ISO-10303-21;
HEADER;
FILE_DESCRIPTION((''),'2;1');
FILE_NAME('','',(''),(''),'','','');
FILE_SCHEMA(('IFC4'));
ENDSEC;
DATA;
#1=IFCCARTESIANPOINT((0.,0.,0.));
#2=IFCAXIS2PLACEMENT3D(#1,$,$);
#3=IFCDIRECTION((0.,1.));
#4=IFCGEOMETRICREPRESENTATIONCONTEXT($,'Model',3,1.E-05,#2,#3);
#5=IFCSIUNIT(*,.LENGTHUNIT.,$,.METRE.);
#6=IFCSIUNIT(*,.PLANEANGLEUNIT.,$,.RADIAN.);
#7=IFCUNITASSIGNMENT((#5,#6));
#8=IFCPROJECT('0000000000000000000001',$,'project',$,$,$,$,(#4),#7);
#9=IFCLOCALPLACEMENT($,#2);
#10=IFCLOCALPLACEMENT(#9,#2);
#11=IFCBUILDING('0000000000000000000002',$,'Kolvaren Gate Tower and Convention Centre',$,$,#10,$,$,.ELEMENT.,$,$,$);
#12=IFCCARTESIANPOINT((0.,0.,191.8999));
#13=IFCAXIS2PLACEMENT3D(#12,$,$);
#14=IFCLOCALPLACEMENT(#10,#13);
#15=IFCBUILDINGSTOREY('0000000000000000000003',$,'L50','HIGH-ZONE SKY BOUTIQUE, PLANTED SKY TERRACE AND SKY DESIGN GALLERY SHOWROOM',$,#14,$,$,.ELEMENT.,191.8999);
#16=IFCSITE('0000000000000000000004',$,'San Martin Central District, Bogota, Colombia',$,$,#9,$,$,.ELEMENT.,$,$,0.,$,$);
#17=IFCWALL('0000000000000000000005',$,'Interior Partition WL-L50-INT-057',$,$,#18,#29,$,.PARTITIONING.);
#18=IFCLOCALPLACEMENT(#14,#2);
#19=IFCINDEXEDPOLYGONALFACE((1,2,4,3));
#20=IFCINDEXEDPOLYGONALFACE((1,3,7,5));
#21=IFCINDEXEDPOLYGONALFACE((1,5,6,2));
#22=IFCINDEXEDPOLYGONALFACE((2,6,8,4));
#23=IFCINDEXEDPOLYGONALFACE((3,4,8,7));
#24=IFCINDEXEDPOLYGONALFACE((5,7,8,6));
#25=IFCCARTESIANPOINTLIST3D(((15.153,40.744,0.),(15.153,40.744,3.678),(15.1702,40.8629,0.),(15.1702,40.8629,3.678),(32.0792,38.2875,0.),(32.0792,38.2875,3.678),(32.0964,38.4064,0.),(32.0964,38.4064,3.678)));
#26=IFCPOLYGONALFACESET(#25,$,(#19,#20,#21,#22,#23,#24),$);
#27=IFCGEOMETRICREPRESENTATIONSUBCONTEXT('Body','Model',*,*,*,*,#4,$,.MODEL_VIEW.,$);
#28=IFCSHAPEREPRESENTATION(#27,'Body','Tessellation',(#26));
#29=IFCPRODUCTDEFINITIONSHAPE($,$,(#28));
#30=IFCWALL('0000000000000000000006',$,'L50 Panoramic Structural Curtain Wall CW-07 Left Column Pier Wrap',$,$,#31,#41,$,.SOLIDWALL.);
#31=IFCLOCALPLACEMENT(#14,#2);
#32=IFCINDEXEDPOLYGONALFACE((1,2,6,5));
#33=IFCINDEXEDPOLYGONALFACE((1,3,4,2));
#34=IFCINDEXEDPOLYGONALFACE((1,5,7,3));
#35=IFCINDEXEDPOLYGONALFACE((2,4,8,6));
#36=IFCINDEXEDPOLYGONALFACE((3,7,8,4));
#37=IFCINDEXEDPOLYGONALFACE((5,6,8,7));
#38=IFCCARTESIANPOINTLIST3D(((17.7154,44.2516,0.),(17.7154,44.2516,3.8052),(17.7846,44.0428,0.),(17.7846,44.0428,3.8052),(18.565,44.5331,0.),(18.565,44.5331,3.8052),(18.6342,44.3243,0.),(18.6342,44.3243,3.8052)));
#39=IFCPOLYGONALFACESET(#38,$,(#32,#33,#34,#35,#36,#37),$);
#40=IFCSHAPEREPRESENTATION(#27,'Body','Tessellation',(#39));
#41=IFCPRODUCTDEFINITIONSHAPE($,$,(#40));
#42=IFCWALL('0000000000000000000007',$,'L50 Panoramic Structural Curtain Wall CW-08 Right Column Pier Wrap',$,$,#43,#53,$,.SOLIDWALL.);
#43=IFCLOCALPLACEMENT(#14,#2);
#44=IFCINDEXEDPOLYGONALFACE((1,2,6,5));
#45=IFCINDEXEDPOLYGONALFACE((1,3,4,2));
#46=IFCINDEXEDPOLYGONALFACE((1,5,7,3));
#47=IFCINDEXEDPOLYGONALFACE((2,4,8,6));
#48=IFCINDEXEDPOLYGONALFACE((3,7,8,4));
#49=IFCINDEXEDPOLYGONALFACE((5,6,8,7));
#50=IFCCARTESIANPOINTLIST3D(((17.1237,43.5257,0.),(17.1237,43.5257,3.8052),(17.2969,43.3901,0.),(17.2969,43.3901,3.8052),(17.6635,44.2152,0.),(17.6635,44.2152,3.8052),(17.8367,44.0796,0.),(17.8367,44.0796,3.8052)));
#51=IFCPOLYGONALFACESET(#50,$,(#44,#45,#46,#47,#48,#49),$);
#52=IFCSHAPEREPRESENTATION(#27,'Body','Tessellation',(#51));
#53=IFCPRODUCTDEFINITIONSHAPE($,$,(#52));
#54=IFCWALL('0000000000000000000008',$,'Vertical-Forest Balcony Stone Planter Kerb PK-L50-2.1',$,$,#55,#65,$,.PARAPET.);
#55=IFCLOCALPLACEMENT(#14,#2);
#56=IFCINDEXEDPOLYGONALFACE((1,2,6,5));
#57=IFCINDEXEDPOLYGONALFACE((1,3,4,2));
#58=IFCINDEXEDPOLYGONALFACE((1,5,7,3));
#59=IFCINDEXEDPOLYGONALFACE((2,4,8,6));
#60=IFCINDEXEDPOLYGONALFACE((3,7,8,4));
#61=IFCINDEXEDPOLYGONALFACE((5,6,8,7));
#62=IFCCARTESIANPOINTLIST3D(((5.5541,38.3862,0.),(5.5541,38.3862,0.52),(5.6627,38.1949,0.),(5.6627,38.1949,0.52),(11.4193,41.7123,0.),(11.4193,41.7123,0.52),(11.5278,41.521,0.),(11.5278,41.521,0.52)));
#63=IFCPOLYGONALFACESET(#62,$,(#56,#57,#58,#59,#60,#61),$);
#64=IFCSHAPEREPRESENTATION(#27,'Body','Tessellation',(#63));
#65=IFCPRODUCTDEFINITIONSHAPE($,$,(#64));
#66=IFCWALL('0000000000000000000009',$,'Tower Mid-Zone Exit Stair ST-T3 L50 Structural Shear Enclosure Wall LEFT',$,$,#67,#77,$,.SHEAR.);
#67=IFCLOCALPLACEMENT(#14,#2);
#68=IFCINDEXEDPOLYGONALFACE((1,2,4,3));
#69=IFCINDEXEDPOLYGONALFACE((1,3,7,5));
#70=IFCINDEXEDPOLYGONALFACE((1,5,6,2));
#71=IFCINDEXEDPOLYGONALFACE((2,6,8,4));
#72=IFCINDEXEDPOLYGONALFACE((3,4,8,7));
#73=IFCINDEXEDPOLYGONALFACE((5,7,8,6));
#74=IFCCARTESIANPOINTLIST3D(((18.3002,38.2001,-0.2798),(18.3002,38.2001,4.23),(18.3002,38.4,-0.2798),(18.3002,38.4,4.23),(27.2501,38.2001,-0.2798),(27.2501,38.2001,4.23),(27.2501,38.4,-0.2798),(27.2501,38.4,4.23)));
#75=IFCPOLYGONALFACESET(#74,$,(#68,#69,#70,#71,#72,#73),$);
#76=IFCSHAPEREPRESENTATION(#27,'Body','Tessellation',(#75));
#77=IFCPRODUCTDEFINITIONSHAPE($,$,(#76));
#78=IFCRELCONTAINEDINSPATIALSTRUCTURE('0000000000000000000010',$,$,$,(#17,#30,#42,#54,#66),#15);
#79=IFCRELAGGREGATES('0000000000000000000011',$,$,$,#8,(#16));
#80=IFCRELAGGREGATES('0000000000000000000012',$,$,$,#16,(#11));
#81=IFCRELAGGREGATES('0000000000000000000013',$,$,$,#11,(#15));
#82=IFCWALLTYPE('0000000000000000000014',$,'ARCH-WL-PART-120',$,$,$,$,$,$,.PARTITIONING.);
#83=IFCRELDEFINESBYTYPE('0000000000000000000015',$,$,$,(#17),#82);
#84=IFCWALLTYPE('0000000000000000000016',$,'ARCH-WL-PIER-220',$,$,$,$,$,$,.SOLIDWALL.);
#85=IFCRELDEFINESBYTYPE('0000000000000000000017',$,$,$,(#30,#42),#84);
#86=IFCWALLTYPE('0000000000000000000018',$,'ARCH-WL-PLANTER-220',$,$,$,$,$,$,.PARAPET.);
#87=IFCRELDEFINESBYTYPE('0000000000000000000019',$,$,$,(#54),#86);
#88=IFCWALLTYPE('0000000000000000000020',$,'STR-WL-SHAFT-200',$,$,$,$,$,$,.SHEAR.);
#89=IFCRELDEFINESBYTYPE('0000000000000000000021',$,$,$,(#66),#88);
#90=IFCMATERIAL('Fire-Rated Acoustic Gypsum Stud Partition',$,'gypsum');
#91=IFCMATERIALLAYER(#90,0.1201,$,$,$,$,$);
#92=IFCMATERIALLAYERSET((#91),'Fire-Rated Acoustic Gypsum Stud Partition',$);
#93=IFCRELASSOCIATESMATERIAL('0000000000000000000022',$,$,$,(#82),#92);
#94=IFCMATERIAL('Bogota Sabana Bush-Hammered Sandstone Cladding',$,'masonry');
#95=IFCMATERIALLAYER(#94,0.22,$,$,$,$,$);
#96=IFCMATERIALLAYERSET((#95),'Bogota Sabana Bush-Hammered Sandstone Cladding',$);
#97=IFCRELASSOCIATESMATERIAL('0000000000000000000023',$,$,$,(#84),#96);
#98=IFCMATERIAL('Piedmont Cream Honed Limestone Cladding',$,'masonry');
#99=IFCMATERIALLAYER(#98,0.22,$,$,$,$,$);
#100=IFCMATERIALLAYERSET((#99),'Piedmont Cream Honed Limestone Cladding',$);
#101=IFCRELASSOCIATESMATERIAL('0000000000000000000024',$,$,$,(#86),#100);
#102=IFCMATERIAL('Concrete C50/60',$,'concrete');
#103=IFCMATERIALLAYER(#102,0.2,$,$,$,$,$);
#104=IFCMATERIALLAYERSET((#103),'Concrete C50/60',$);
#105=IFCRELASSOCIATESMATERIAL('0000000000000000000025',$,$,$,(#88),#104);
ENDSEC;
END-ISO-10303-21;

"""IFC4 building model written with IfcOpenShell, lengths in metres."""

from ifc_helpers import new_model, si_unit, direction, frame, frame_2d, origin, place, context, subcontext, project, spatial, rectangle, extrude, material, layer, layer_set, type_object, element, save


model = new_model("IFC4")

# Units and contexts
model_context = context("Model", 3, precision=1e-05, world=origin(), true_north=direction((0.0, 1.0)))
body_context = subcontext(model_context, "Body", "Model", "MODEL_VIEW")
ifc_project = project(units=[si_unit("LENGTHUNIT", "METRE"), si_unit("PLANEANGLEUNIT", "RADIAN")], contexts=[model_context])

# Site, building, storey
site_placement = place(None, origin())
site = spatial("IfcSite", under=ifc_project, at=site_placement, Name="San Martin Central District, Bogota, Colombia", CompositionType="ELEMENT", RefElevation=0.0)
building_placement = place(site_placement, origin())
building = spatial("IfcBuilding", under=site, at=building_placement, Name="Kolvaren Gate Tower and Convention Centre", CompositionType="ELEMENT")
storey_placement = place(building_placement, frame((0.0, 0.0, 191.8999)))
storey = spatial("IfcBuildingStorey", under=building, at=storey_placement, Name="L50", Description="HIGH-ZONE SKY BOUTIQUE, PLANTED SKY TERRACE AND SKY DESIGN GALLERY SHOWROOM", CompositionType="ELEMENT", Elevation=191.8999)

# Walls
ifc_material_1 = material(Name="Fire-Rated Acoustic Gypsum Stud Partition", Category="gypsum")
ifc_layer_1 = layer(ifc_material_1, 0.1201)
ifc_layer_set_1 = layer_set([ifc_layer_1], Name="Fire-Rated Acoustic Gypsum Stud Partition")
wall_type_1 = type_object("IfcWallType", Name="ARCH-WL-PART-120", PredefinedType="PARTITIONING", material=ifc_layer_set_1)
wall_1_placement = place(storey_placement, frame((15.1616, 40.8035, 0.0), z_axis=(0.0, 0.0, 1.0), x_axis=(0.989632, -0.143627, 0.0)))
element("IfcWall", 1, at=wall_1_placement, inside=storey, type_object=wall_type_1, Name="Interior Partition WL-L50-INT-057", PredefinedType="PARTITIONING", context=body_context, shape_type="SweptSolid", body=[
    extrude(rectangle(XDim=17.1035, YDim=0.1201, at=frame_2d((8.5518, 0.0))), origin(), (0.0, 0.0, 1.0), 3.678),
])
ifc_material_2 = material(Name="Bogota Sabana Bush-Hammered Sandstone Cladding", Category="masonry")
ifc_layer_2 = layer(ifc_material_2, 0.22)
ifc_layer_set_2 = layer_set([ifc_layer_2], Name="Bogota Sabana Bush-Hammered Sandstone Cladding")
wall_type_2 = type_object("IfcWallType", Name="ARCH-WL-PIER-220", PredefinedType="SOLIDWALL", material=ifc_layer_set_2)
wall_2_placement = place(storey_placement, frame((17.75, 44.1472, 0.0), z_axis=(0.0, 0.0, 1.0), x_axis=(0.949255, 0.314509, 0.0)))
element("IfcWall", 2, at=wall_2_placement, inside=storey, type_object=wall_type_2, Name="L50 Panoramic Structural Curtain Wall CW-07 Left Column Pier Wrap", PredefinedType="SOLIDWALL", context=body_context, shape_type="SweptSolid", body=[
    extrude(rectangle(XDim=0.895, YDim=0.22, at=frame_2d((0.4475, 0.0))), origin(), (0.0, 0.0, 1.0), 3.8052),
])
wall_3_placement = place(storey_placement, frame((17.2102, 43.4578, 0.0), z_axis=(0.0, 0.0, 1.0), x_axis=(0.616466, 0.787381, 0.0)))
element("IfcWall", 3, at=wall_3_placement, inside=storey, type_object=wall_type_2, Name="L50 Panoramic Structural Curtain Wall CW-08 Right Column Pier Wrap", PredefinedType="SOLIDWALL", context=body_context, shape_type="SweptSolid", body=[
    extrude(rectangle(XDim=0.8757, YDim=0.22, at=frame_2d((0.438, 0.0))), origin(), (0.0, 0.0, 1.0), 3.8052),
])
ifc_material_3 = material(Name="Piedmont Cream Honed Limestone Cladding", Category="masonry")
ifc_layer_3 = layer(ifc_material_3, 0.22)
ifc_layer_set_3 = layer_set([ifc_layer_3], Name="Piedmont Cream Honed Limestone Cladding")
wall_type_3 = type_object("IfcWallType", Name="ARCH-WL-PLANTER-220", PredefinedType="PARAPET", material=ifc_layer_set_3)
wall_4_placement = place(storey_placement, frame((5.6084, 38.2905, 0.0), z_axis=(0.0, 0.0, 1.0), x_axis=(0.869861, 0.493298, 0.0)))
element("IfcWall", 4, at=wall_4_placement, inside=storey, type_object=wall_type_3, Name="Vertical-Forest Balcony Stone Planter Kerb PK-L50-2.1", PredefinedType="PARAPET", context=body_context, shape_type="SweptSolid", body=[
    extrude(rectangle(XDim=6.7427, YDim=0.22, at=frame_2d((3.3713, 0.0))), origin(), (0.0, 0.0, 1.0), 0.52),
])
ifc_material_4 = material(Name="Concrete C50/60", Category="concrete")
ifc_layer_4 = layer(ifc_material_4, 0.2)
ifc_layer_set_4 = layer_set([ifc_layer_4], Name="Concrete C50/60")
wall_type_4 = type_object("IfcWallType", Name="STR-WL-SHAFT-200", PredefinedType="SHEAR", material=ifc_layer_set_4)
wall_5_placement = place(storey_placement, frame((18.3, 38.3, -0.2798), z_axis=(0.0, 0.0, 1.0), x_axis=(1.0, 0.0, 0.0)))
element("IfcWall", 5, at=wall_5_placement, inside=storey, type_object=wall_type_4, Name="Tower Mid-Zone Exit Stair ST-T3 L50 Structural Shear Enclosure Wall LEFT", PredefinedType="SHEAR", context=body_context, shape_type="SweptSolid", body=[
    extrude(rectangle(XDim=8.95, YDim=0.2, at=frame_2d((4.4751, 0.0))), origin(), (0.0, 0.0, 1.0), 4.5098),
])

save(model, "model.ifc")
